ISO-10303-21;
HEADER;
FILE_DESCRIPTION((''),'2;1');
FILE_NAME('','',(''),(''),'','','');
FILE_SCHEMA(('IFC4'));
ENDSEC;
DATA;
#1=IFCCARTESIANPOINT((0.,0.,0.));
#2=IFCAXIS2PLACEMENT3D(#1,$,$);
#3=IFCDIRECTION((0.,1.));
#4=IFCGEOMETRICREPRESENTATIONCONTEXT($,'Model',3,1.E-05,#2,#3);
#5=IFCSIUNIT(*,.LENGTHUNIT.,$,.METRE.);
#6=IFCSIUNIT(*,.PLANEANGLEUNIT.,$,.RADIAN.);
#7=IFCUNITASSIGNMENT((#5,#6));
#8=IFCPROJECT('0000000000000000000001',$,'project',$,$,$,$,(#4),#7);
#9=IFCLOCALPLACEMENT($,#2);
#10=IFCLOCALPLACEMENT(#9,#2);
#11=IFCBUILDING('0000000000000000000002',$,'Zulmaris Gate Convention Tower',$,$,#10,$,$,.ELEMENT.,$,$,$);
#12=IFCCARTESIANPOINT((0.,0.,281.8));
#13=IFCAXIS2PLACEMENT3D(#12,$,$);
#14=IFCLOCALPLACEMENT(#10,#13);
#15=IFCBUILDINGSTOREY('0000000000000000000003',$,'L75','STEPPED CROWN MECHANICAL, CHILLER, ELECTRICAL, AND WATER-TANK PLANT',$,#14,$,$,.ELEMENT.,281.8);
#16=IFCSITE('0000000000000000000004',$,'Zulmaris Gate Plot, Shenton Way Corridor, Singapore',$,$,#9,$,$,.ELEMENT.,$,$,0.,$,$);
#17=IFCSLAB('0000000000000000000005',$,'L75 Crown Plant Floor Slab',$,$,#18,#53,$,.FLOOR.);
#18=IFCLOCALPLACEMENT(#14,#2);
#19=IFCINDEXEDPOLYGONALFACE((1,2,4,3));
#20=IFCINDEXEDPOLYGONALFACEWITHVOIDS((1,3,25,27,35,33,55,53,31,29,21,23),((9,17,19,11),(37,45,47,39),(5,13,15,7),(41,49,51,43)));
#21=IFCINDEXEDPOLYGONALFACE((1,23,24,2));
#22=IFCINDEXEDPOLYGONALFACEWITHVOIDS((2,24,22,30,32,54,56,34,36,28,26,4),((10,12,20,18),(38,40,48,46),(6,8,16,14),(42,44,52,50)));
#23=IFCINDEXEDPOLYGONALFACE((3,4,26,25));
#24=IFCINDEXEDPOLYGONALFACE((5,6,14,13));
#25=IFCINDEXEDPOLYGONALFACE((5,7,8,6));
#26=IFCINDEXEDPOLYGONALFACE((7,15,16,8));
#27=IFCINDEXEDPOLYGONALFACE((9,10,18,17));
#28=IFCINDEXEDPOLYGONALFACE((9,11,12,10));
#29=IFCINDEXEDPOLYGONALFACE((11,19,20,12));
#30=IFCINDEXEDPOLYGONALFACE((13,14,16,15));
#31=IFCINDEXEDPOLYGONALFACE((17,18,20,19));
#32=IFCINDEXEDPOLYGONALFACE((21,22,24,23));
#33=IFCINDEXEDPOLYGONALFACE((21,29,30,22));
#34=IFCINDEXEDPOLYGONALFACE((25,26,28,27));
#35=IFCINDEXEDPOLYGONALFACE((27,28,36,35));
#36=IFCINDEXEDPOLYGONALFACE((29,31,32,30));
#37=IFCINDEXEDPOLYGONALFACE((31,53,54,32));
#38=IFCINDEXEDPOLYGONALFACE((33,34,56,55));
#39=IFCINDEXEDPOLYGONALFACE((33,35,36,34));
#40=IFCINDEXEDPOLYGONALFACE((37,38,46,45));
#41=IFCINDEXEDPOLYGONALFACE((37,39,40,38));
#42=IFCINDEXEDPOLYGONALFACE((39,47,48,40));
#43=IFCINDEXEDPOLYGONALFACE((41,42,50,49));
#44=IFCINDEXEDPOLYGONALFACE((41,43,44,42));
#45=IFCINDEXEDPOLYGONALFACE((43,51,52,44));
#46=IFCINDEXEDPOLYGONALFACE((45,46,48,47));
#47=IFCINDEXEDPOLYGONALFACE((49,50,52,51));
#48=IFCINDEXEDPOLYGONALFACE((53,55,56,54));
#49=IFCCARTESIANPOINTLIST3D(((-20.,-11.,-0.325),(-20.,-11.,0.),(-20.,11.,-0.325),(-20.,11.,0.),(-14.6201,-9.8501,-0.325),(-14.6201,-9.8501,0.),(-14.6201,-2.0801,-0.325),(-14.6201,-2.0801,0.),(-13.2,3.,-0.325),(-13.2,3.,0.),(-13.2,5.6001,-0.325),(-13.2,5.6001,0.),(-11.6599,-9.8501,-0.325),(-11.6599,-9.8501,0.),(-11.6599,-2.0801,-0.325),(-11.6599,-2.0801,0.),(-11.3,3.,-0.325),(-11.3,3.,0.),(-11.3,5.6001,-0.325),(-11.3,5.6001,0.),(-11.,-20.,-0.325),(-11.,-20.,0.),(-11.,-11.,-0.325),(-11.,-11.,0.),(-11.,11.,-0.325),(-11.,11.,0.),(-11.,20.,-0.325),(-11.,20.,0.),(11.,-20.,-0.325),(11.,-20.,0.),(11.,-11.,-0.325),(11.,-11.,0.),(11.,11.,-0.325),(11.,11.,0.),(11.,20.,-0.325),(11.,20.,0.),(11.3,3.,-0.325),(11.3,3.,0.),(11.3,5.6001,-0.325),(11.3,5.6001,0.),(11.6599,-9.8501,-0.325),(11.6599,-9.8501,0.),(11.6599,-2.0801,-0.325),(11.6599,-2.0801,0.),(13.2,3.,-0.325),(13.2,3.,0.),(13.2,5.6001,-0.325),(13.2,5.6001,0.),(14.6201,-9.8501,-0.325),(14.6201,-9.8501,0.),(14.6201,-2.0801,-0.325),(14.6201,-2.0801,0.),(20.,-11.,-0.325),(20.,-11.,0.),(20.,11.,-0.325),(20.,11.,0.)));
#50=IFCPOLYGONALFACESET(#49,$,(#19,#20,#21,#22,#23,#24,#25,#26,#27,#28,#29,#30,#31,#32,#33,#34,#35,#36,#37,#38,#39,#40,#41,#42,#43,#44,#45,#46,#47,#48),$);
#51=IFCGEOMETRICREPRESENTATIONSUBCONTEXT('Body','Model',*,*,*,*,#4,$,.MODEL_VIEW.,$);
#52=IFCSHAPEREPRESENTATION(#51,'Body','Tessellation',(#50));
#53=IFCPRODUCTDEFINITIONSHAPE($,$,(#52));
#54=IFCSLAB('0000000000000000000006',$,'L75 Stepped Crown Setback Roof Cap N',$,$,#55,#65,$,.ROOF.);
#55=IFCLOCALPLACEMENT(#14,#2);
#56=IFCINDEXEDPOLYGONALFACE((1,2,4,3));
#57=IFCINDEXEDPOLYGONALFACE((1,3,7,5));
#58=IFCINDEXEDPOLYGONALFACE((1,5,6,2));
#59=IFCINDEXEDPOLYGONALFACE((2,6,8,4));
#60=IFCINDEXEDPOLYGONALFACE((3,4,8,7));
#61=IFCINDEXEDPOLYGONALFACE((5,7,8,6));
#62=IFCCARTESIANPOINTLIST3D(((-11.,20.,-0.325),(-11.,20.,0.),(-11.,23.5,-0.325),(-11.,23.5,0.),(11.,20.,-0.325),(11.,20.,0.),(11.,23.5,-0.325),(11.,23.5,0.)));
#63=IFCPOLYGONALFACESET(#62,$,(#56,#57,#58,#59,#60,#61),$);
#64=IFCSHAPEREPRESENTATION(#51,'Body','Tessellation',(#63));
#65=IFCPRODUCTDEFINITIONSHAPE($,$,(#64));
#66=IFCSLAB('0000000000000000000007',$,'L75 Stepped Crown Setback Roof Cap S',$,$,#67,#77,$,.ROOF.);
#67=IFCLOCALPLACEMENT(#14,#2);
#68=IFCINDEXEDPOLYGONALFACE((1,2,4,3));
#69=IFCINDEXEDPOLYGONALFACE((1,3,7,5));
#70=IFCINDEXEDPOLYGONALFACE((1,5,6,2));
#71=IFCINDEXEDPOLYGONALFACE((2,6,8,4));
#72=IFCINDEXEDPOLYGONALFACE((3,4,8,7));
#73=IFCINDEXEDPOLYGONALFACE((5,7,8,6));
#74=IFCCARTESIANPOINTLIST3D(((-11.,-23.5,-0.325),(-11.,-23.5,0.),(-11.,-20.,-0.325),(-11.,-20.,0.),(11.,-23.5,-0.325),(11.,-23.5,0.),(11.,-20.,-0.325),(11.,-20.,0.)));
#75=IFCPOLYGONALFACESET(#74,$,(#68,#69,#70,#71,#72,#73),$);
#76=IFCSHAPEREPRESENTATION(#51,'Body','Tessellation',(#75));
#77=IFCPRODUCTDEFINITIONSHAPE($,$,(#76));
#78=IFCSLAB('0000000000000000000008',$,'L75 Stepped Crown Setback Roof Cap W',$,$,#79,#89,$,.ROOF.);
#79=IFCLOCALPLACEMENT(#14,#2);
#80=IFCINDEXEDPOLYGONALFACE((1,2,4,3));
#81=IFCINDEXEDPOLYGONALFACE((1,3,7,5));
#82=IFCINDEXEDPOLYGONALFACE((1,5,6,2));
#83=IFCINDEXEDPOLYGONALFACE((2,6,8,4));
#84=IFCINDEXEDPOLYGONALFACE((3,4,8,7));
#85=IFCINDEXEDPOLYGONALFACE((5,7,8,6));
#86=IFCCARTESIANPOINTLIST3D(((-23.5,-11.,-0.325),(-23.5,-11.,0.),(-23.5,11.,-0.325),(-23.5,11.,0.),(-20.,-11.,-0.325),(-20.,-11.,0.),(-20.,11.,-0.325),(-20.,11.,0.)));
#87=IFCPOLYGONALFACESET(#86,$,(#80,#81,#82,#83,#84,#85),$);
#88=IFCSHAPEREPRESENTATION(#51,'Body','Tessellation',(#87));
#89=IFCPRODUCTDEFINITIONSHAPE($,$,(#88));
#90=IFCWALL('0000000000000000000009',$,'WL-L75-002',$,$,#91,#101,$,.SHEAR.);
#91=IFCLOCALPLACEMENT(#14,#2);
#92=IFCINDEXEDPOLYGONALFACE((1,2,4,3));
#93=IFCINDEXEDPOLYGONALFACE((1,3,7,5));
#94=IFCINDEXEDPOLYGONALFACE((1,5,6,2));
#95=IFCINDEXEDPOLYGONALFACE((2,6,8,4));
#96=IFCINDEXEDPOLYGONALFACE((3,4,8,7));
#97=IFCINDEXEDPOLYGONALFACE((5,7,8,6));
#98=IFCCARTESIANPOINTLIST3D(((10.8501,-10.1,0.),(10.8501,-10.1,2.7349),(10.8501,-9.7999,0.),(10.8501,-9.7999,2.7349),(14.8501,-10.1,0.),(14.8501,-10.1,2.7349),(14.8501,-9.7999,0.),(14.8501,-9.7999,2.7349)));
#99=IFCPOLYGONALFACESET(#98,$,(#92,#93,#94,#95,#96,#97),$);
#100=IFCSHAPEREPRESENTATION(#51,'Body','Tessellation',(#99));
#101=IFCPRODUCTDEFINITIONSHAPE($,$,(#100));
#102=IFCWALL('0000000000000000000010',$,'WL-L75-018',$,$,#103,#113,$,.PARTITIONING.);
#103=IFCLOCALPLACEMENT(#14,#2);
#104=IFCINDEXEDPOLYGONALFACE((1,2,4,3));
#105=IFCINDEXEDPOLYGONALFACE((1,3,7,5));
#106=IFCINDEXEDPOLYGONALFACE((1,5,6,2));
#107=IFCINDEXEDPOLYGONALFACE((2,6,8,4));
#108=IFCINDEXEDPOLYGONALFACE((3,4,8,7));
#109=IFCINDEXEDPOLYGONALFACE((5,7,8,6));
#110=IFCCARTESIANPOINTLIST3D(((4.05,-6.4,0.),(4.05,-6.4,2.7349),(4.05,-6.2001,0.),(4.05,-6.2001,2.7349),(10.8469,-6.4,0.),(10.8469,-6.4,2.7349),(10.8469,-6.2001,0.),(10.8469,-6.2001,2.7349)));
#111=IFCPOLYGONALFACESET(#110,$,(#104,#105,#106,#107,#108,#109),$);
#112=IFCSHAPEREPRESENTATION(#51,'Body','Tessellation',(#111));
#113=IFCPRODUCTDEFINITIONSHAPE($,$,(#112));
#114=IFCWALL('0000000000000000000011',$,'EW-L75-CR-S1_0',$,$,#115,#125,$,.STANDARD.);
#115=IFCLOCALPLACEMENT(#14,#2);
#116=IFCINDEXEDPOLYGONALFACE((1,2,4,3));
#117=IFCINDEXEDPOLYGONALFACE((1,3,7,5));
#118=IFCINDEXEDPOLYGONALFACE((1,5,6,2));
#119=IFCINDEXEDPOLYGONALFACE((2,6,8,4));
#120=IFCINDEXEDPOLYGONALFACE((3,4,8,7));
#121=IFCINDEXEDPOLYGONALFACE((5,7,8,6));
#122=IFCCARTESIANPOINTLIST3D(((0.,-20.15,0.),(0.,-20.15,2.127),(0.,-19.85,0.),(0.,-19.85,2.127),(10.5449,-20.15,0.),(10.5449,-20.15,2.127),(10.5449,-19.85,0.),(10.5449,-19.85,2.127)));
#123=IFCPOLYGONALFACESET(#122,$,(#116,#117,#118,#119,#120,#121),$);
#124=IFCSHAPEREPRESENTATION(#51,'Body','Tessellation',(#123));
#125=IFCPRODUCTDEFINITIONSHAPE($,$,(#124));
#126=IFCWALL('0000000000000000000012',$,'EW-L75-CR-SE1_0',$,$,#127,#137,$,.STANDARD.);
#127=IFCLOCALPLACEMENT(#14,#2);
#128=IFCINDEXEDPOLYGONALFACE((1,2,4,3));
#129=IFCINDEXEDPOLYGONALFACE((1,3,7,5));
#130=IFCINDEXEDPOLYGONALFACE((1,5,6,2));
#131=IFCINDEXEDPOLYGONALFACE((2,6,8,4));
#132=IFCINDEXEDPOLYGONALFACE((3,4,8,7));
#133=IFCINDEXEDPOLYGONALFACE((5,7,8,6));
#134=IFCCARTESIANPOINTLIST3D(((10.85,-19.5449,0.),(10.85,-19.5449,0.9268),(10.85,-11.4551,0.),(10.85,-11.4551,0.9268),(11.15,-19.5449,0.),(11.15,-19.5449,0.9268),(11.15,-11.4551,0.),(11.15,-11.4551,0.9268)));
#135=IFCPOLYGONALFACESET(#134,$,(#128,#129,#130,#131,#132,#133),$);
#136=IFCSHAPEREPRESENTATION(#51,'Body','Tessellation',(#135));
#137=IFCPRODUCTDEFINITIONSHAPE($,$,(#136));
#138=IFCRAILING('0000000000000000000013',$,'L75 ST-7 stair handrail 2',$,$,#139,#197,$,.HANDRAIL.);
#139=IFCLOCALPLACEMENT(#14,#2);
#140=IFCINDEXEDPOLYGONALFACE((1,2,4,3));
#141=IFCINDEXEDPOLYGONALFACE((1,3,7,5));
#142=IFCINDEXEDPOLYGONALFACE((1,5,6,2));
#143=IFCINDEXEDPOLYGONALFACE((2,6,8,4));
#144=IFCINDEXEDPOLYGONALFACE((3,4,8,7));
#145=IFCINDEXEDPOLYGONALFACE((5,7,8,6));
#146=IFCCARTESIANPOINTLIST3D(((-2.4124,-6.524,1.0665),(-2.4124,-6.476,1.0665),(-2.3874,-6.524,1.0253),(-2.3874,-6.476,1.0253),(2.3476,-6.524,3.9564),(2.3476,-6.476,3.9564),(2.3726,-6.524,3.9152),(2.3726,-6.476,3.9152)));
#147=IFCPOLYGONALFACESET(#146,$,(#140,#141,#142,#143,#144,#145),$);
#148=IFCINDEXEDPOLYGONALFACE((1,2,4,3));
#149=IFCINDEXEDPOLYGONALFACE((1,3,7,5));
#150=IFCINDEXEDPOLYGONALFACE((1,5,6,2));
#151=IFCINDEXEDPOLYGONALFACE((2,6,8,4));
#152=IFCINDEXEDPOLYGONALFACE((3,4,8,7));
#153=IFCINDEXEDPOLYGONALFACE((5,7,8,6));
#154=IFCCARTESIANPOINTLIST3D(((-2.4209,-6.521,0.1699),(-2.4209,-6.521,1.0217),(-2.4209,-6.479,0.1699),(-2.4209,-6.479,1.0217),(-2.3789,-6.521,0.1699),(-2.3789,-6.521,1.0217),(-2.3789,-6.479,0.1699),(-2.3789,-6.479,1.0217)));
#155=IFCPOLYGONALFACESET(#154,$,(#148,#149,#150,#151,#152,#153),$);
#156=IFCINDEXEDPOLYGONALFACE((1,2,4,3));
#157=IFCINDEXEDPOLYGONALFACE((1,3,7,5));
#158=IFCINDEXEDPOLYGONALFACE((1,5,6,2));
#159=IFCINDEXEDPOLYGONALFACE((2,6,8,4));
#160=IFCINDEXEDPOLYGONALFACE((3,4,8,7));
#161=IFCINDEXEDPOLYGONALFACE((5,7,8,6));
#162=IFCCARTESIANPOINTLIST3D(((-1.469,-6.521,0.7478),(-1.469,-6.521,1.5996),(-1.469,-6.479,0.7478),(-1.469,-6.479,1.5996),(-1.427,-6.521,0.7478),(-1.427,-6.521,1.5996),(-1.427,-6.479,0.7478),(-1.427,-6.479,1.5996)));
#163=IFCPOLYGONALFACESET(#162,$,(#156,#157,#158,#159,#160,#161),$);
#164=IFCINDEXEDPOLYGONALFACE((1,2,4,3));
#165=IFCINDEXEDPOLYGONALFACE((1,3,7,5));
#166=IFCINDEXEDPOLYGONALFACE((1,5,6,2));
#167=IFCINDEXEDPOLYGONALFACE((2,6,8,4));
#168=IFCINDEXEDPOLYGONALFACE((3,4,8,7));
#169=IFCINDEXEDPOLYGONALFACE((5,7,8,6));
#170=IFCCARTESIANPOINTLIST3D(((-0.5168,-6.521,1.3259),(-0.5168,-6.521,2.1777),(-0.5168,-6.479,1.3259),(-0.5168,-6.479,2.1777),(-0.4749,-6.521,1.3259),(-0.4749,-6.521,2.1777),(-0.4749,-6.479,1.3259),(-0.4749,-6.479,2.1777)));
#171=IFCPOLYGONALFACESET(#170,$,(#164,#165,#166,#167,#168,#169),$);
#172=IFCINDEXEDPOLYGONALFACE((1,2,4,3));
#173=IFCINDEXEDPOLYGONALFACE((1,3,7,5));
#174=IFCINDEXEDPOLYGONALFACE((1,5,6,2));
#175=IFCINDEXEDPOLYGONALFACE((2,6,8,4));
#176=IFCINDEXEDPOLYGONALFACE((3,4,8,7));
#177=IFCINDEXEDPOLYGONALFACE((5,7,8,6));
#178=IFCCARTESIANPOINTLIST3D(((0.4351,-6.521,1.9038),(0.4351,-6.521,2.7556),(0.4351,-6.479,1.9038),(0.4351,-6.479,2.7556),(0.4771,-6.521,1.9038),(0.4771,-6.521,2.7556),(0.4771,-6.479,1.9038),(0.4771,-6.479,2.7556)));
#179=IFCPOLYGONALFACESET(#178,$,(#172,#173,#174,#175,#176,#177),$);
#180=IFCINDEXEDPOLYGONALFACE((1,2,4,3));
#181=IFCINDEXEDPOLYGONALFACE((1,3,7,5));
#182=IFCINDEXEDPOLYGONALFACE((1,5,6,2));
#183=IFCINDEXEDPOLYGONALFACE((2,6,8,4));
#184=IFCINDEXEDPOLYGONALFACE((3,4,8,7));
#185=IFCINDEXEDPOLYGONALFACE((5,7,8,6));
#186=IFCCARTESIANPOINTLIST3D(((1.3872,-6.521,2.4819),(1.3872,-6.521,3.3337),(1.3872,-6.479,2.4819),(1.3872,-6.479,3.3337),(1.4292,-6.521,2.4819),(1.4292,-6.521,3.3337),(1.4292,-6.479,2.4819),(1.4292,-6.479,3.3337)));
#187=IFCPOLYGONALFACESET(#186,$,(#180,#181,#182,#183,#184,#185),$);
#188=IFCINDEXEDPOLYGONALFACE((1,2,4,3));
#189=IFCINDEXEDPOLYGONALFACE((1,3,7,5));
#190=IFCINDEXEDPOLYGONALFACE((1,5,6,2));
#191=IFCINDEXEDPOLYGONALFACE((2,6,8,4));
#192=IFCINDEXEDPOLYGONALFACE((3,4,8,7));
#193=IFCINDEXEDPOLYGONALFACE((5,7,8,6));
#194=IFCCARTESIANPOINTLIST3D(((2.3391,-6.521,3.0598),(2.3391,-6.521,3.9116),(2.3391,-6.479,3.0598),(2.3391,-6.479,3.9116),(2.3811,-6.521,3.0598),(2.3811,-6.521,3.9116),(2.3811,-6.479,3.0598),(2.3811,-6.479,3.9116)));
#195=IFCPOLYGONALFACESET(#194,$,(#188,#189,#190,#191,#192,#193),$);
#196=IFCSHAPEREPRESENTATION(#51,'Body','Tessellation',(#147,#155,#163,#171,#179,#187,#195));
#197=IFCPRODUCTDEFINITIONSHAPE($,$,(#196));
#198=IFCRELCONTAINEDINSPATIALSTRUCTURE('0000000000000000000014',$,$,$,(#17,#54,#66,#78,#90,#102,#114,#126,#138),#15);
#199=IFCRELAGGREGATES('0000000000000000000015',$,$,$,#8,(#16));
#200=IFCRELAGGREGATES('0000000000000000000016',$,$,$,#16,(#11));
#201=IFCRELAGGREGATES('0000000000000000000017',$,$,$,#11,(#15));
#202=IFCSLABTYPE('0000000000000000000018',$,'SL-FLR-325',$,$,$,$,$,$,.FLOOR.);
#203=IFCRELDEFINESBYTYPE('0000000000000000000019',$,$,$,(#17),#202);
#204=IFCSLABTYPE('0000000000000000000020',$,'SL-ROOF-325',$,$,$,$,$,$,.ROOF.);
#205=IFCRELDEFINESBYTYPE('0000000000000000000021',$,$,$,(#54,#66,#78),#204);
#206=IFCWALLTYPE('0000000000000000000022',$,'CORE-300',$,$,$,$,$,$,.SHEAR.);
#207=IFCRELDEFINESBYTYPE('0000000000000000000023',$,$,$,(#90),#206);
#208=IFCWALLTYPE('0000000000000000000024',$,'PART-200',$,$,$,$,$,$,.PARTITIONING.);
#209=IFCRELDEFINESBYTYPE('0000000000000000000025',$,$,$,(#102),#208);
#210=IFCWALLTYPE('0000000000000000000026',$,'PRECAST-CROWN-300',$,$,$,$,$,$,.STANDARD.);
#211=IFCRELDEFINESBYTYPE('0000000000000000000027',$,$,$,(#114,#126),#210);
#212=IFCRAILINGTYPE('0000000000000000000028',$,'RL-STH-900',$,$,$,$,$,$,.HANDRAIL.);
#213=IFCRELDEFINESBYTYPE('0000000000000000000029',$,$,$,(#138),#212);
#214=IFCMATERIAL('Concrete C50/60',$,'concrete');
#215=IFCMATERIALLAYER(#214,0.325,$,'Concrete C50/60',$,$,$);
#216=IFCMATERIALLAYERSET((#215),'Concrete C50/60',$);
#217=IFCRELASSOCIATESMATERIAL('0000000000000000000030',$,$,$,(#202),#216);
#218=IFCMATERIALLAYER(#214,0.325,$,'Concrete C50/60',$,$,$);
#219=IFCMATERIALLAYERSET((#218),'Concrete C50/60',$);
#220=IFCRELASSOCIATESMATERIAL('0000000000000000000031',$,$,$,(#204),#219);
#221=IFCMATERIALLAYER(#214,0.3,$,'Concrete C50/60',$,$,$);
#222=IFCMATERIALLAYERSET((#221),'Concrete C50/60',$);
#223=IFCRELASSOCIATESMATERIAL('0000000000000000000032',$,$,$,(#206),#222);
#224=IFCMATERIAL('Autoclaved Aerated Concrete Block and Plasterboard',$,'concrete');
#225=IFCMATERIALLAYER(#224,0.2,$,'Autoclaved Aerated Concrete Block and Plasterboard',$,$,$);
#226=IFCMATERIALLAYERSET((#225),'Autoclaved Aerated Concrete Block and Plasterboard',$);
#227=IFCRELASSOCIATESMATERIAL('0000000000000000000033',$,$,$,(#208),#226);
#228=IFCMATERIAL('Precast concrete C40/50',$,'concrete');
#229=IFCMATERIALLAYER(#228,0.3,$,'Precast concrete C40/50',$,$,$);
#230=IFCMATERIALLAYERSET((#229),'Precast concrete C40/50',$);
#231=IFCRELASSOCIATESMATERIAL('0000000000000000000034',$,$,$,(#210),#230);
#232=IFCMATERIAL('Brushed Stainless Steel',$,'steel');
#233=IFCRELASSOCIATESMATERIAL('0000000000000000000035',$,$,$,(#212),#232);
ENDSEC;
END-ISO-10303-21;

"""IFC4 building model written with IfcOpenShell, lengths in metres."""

from ifc_helpers import new_model, si_unit, direction, frame, frame_2d, origin, origin_2d, place, context, subcontext, project, spatial, polyline, rectangle, outline, extrude, material, layer, layer_set, type_object, element, save


model = new_model("IFC4")

# Units and contexts
model_context = context("Model", 3, precision=1e-05, world=origin(), true_north=direction((0.0, 1.0)))
body_context = subcontext(model_context, "Body", "Model", "MODEL_VIEW")
ifc_project = project(units=[si_unit("LENGTHUNIT", "METRE"), si_unit("PLANEANGLEUNIT", "RADIAN")], contexts=[model_context])

# Site, building, storey
site_placement = place(None, origin())
site = spatial("IfcSite", under=ifc_project, at=site_placement, Name="Zulmaris Gate Plot, Shenton Way Corridor, Singapore", CompositionType="ELEMENT", RefElevation=0.0)
building_placement = place(site_placement, origin())
building = spatial("IfcBuilding", under=site, at=building_placement, Name="Zulmaris Gate Convention Tower", CompositionType="ELEMENT")
storey_placement = place(building_placement, frame((0.0, 0.0, 281.8)))
storey = spatial("IfcBuildingStorey", under=building, at=storey_placement, Name="L75", Description="STEPPED CROWN MECHANICAL, CHILLER, ELECTRICAL, AND WATER-TANK PLANT", CompositionType="ELEMENT", Elevation=281.8)

# Slabs
ifc_material_1 = material(Name="Concrete C50/60", Category="concrete")
ifc_layer_1 = layer(ifc_material_1, 0.325, Name="Concrete C50/60")
ifc_layer_set_1 = layer_set([ifc_layer_1], Name="Concrete C50/60")
slab_type_1 = type_object("IfcSlabType", Name="SL-FLR-325", PredefinedType="FLOOR", material=ifc_layer_set_1)
slab_1_placement = place(storey_placement, frame((0.0, 0.0, -0.325)))
element("IfcSlab", 1, at=slab_1_placement, inside=storey, type_object=slab_type_1, Name="L75 Crown Plant Floor Slab", PredefinedType="FLOOR", context=body_context, shape_type="SweptSolid", body=[
    extrude(outline(polyline([(-11.0, -20.0), (11.0, -20.0), (11.0, -11.0), (20.0, -11.0), (20.0, 11.0), (11.0, 11.0), (11.0, 20.0), (-11.0, 20.0), (-11.0, 11.0), (-20.0, 11.0), (-20.0, -11.0), (-11.0, -11.0), (-11.0, -20.0)]), holes=[polyline([(-14.6201, -2.0801), (-14.6201, -9.8501), (-11.6599, -9.8501), (-11.6599, -2.0801), (-14.6201, -2.0801)]), polyline([(11.6599, -2.0801), (11.6599, -9.8501), (14.6201, -9.8501), (14.6201, -2.0801), (11.6599, -2.0801)]), polyline([(-13.2, 3.0), (-11.3, 3.0), (-11.3, 5.6001), (-13.2, 5.6001), (-13.2, 3.0)]), polyline([(11.3, 3.0), (13.2, 3.0), (13.2, 5.6001), (11.3, 5.6001), (11.3, 3.0)])]), origin(), (0.0, 0.0, 1.0), 0.325),
])
ifc_layer_2 = layer(ifc_material_1, 0.325, Name="Concrete C50/60")
ifc_layer_set_2 = layer_set([ifc_layer_2], Name="Concrete C50/60")
slab_type_2 = type_object("IfcSlabType", Name="SL-ROOF-325", PredefinedType="ROOF", material=ifc_layer_set_2)
slab_2_placement = place(storey_placement, frame((0.0, 0.0, -0.325)))
element("IfcSlab", 2, at=slab_2_placement, inside=storey, type_object=slab_type_2, Name="L75 Stepped Crown Setback Roof Cap N", PredefinedType="ROOF", context=body_context, shape_type="SweptSolid", body=[
    extrude(outline(polyline([(-11.0, 20.0), (11.0, 20.0), (11.0, 23.5), (-11.0, 23.5), (-11.0, 20.0)])), origin(), (0.0, 0.0, 1.0), 0.325),
])
slab_3_placement = place(storey_placement, frame((0.0, 0.0, -0.325)))
element("IfcSlab", 3, at=slab_3_placement, inside=storey, type_object=slab_type_2, Name="L75 Stepped Crown Setback Roof Cap S", PredefinedType="ROOF", context=body_context, shape_type="SweptSolid", body=[
    extrude(outline(polyline([(-11.0, -23.5), (11.0, -23.5), (11.0, -20.0), (-11.0, -20.0), (-11.0, -23.5)])), origin(), (0.0, 0.0, 1.0), 0.325),
])
slab_4_placement = place(storey_placement, frame((0.0, 0.0, -0.325)))
element("IfcSlab", 4, at=slab_4_placement, inside=storey, type_object=slab_type_2, Name="L75 Stepped Crown Setback Roof Cap W", PredefinedType="ROOF", context=body_context, shape_type="SweptSolid", body=[
    extrude(outline(polyline([(-23.5, -11.0), (-20.0, -11.0), (-20.0, 11.0), (-23.5, 11.0), (-23.5, -11.0)])), origin(), (0.0, 0.0, 1.0), 0.325),
])

# Wall
ifc_layer_3 = layer(ifc_material_1, 0.3, Name="Concrete C50/60")
ifc_layer_set_3 = layer_set([ifc_layer_3], Name="Concrete C50/60")
wall_type_1 = type_object("IfcWallType", Name="CORE-300", PredefinedType="SHEAR", material=ifc_layer_set_3)
wall_1_placement = place(storey_placement, frame((10.8501, -9.95, 0.0), z_axis=(0.0, 0.0, 1.0), x_axis=(1.0, 0.0, 0.0)))
element("IfcWall", 5, at=wall_1_placement, inside=storey, type_object=wall_type_1, Name="WL-L75-002", PredefinedType="SHEAR", context=body_context, shape_type="SweptSolid", body=[
    extrude(rectangle(XDim=4.0, YDim=0.3, at=frame_2d((2.0, 0.0))), origin(), (0.0, 0.0, 1.0), 2.7349),
])

# Shared definitions
ifc_material_2 = material(Name="Autoclaved Aerated Concrete Block and Plasterboard", Category="concrete")
ifc_layer_4 = layer(ifc_material_2, 0.2, Name="Autoclaved Aerated Concrete Block and Plasterboard")
ifc_layer_set_4 = layer_set([ifc_layer_4], Name="Autoclaved Aerated Concrete Block and Plasterboard")
wall_type_2 = type_object("IfcWallType", Name="PART-200", PredefinedType="PARTITIONING", material=ifc_layer_set_4)

# Wall
wall_2_placement = place(storey_placement, frame((4.05, -6.3, 0.0), z_axis=(0.0, 0.0, 1.0), x_axis=(1.0, 0.0, 0.0)))
element("IfcWall", 6, at=wall_2_placement, inside=storey, type_object=wall_type_2, Name="WL-L75-018", PredefinedType="PARTITIONING", context=body_context, shape_type="SweptSolid", body=[
    extrude(rectangle(XDim=6.7969, YDim=0.2, at=frame_2d((3.3984, 0.0))), origin(), (0.0, 0.0, 1.0), 2.7349),
])

# Walls
ifc_material_3 = material(Name="Precast concrete C40/50", Category="concrete")
ifc_layer_5 = layer(ifc_material_3, 0.3, Name="Precast concrete C40/50")
ifc_layer_set_5 = layer_set([ifc_layer_5], Name="Precast concrete C40/50")
wall_type_3 = type_object("IfcWallType", Name="PRECAST-CROWN-300", PredefinedType="STANDARD", material=ifc_layer_set_5)
wall_3_placement = place(storey_placement, frame((0.0, -20.0, 0.0), z_axis=(0.0, 0.0, 1.0), x_axis=(1.0, 0.0, 0.0)))
element("IfcWall", 7, at=wall_3_placement, inside=storey, type_object=wall_type_3, Name="EW-L75-CR-S1_0", PredefinedType="STANDARD", context=body_context, shape_type="SweptSolid", body=[
    extrude(rectangle(XDim=10.5449, YDim=0.3, at=frame_2d((5.2725, 0.0))), origin(), (0.0, 0.0, 1.0), 2.127),
])
wall_4_placement = place(storey_placement, frame((11.0, -19.5449, 0.0), z_axis=(0.0, 0.0, 1.0), x_axis=(0.0, 1.0, 0.0)))
element("IfcWall", 8, at=wall_4_placement, inside=storey, type_object=wall_type_3, Name="EW-L75-CR-SE1_0", PredefinedType="STANDARD", context=body_context, shape_type="SweptSolid", body=[
    extrude(rectangle(XDim=8.0898, YDim=0.3, at=frame_2d((4.0449, 0.0))), origin(), (0.0, 0.0, 1.0), 0.9268),
])

# Railing
ifc_material_4 = material(Name="Brushed Stainless Steel", Category="steel")
railing_type = type_object("IfcRailingType", Name="RL-STH-900", PredefinedType="HANDRAIL", material=ifc_material_4)
railing_placement = place(storey_placement, frame((-2.3999, -6.5, 0.1699)))
element("IfcRailing", 9, at=railing_placement, inside=storey, type_object=railing_type, Name="L75 ST-7 stair handrail 2", PredefinedType="HANDRAIL", context=body_context, shape_type="SweptSolid", body=[
    extrude(rectangle(XDim=0.0481, YDim=0.0481, at=origin_2d()), frame((0.0, 0.0, 0.876), z_axis=(0.854797, 0.0, 0.518963), x_axis=(0.0, 1.0, 0.0)), (0.0, 0.0, 1.0), 5.5686),
    extrude(rectangle(XDim=0.042, YDim=0.042, at=origin_2d()), origin(), (0.0, 0.0, 1.0), 0.8518),
    extrude(rectangle(XDim=0.042, YDim=0.042, at=origin_2d()), frame((0.9519, 0.0, 0.5779)), (0.0, 0.0, 1.0), 0.8518),
    extrude(rectangle(XDim=0.042, YDim=0.042, at=origin_2d()), frame((1.9041, 0.0, 1.156)), (0.0, 0.0, 1.0), 0.8518),
    extrude(rectangle(XDim=0.042, YDim=0.042, at=origin_2d()), frame((2.856, 0.0, 1.7339)), (0.0, 0.0, 1.0), 0.8518),
    extrude(rectangle(XDim=0.042, YDim=0.042, at=origin_2d()), frame((3.8081, 0.0, 2.312)), (0.0, 0.0, 1.0), 0.8518),
    extrude(rectangle(XDim=0.042, YDim=0.042, at=origin_2d()), frame((4.76, 0.0, 2.8899)), (0.0, 0.0, 1.0), 0.8518),
])

save(model, "model.ifc")
